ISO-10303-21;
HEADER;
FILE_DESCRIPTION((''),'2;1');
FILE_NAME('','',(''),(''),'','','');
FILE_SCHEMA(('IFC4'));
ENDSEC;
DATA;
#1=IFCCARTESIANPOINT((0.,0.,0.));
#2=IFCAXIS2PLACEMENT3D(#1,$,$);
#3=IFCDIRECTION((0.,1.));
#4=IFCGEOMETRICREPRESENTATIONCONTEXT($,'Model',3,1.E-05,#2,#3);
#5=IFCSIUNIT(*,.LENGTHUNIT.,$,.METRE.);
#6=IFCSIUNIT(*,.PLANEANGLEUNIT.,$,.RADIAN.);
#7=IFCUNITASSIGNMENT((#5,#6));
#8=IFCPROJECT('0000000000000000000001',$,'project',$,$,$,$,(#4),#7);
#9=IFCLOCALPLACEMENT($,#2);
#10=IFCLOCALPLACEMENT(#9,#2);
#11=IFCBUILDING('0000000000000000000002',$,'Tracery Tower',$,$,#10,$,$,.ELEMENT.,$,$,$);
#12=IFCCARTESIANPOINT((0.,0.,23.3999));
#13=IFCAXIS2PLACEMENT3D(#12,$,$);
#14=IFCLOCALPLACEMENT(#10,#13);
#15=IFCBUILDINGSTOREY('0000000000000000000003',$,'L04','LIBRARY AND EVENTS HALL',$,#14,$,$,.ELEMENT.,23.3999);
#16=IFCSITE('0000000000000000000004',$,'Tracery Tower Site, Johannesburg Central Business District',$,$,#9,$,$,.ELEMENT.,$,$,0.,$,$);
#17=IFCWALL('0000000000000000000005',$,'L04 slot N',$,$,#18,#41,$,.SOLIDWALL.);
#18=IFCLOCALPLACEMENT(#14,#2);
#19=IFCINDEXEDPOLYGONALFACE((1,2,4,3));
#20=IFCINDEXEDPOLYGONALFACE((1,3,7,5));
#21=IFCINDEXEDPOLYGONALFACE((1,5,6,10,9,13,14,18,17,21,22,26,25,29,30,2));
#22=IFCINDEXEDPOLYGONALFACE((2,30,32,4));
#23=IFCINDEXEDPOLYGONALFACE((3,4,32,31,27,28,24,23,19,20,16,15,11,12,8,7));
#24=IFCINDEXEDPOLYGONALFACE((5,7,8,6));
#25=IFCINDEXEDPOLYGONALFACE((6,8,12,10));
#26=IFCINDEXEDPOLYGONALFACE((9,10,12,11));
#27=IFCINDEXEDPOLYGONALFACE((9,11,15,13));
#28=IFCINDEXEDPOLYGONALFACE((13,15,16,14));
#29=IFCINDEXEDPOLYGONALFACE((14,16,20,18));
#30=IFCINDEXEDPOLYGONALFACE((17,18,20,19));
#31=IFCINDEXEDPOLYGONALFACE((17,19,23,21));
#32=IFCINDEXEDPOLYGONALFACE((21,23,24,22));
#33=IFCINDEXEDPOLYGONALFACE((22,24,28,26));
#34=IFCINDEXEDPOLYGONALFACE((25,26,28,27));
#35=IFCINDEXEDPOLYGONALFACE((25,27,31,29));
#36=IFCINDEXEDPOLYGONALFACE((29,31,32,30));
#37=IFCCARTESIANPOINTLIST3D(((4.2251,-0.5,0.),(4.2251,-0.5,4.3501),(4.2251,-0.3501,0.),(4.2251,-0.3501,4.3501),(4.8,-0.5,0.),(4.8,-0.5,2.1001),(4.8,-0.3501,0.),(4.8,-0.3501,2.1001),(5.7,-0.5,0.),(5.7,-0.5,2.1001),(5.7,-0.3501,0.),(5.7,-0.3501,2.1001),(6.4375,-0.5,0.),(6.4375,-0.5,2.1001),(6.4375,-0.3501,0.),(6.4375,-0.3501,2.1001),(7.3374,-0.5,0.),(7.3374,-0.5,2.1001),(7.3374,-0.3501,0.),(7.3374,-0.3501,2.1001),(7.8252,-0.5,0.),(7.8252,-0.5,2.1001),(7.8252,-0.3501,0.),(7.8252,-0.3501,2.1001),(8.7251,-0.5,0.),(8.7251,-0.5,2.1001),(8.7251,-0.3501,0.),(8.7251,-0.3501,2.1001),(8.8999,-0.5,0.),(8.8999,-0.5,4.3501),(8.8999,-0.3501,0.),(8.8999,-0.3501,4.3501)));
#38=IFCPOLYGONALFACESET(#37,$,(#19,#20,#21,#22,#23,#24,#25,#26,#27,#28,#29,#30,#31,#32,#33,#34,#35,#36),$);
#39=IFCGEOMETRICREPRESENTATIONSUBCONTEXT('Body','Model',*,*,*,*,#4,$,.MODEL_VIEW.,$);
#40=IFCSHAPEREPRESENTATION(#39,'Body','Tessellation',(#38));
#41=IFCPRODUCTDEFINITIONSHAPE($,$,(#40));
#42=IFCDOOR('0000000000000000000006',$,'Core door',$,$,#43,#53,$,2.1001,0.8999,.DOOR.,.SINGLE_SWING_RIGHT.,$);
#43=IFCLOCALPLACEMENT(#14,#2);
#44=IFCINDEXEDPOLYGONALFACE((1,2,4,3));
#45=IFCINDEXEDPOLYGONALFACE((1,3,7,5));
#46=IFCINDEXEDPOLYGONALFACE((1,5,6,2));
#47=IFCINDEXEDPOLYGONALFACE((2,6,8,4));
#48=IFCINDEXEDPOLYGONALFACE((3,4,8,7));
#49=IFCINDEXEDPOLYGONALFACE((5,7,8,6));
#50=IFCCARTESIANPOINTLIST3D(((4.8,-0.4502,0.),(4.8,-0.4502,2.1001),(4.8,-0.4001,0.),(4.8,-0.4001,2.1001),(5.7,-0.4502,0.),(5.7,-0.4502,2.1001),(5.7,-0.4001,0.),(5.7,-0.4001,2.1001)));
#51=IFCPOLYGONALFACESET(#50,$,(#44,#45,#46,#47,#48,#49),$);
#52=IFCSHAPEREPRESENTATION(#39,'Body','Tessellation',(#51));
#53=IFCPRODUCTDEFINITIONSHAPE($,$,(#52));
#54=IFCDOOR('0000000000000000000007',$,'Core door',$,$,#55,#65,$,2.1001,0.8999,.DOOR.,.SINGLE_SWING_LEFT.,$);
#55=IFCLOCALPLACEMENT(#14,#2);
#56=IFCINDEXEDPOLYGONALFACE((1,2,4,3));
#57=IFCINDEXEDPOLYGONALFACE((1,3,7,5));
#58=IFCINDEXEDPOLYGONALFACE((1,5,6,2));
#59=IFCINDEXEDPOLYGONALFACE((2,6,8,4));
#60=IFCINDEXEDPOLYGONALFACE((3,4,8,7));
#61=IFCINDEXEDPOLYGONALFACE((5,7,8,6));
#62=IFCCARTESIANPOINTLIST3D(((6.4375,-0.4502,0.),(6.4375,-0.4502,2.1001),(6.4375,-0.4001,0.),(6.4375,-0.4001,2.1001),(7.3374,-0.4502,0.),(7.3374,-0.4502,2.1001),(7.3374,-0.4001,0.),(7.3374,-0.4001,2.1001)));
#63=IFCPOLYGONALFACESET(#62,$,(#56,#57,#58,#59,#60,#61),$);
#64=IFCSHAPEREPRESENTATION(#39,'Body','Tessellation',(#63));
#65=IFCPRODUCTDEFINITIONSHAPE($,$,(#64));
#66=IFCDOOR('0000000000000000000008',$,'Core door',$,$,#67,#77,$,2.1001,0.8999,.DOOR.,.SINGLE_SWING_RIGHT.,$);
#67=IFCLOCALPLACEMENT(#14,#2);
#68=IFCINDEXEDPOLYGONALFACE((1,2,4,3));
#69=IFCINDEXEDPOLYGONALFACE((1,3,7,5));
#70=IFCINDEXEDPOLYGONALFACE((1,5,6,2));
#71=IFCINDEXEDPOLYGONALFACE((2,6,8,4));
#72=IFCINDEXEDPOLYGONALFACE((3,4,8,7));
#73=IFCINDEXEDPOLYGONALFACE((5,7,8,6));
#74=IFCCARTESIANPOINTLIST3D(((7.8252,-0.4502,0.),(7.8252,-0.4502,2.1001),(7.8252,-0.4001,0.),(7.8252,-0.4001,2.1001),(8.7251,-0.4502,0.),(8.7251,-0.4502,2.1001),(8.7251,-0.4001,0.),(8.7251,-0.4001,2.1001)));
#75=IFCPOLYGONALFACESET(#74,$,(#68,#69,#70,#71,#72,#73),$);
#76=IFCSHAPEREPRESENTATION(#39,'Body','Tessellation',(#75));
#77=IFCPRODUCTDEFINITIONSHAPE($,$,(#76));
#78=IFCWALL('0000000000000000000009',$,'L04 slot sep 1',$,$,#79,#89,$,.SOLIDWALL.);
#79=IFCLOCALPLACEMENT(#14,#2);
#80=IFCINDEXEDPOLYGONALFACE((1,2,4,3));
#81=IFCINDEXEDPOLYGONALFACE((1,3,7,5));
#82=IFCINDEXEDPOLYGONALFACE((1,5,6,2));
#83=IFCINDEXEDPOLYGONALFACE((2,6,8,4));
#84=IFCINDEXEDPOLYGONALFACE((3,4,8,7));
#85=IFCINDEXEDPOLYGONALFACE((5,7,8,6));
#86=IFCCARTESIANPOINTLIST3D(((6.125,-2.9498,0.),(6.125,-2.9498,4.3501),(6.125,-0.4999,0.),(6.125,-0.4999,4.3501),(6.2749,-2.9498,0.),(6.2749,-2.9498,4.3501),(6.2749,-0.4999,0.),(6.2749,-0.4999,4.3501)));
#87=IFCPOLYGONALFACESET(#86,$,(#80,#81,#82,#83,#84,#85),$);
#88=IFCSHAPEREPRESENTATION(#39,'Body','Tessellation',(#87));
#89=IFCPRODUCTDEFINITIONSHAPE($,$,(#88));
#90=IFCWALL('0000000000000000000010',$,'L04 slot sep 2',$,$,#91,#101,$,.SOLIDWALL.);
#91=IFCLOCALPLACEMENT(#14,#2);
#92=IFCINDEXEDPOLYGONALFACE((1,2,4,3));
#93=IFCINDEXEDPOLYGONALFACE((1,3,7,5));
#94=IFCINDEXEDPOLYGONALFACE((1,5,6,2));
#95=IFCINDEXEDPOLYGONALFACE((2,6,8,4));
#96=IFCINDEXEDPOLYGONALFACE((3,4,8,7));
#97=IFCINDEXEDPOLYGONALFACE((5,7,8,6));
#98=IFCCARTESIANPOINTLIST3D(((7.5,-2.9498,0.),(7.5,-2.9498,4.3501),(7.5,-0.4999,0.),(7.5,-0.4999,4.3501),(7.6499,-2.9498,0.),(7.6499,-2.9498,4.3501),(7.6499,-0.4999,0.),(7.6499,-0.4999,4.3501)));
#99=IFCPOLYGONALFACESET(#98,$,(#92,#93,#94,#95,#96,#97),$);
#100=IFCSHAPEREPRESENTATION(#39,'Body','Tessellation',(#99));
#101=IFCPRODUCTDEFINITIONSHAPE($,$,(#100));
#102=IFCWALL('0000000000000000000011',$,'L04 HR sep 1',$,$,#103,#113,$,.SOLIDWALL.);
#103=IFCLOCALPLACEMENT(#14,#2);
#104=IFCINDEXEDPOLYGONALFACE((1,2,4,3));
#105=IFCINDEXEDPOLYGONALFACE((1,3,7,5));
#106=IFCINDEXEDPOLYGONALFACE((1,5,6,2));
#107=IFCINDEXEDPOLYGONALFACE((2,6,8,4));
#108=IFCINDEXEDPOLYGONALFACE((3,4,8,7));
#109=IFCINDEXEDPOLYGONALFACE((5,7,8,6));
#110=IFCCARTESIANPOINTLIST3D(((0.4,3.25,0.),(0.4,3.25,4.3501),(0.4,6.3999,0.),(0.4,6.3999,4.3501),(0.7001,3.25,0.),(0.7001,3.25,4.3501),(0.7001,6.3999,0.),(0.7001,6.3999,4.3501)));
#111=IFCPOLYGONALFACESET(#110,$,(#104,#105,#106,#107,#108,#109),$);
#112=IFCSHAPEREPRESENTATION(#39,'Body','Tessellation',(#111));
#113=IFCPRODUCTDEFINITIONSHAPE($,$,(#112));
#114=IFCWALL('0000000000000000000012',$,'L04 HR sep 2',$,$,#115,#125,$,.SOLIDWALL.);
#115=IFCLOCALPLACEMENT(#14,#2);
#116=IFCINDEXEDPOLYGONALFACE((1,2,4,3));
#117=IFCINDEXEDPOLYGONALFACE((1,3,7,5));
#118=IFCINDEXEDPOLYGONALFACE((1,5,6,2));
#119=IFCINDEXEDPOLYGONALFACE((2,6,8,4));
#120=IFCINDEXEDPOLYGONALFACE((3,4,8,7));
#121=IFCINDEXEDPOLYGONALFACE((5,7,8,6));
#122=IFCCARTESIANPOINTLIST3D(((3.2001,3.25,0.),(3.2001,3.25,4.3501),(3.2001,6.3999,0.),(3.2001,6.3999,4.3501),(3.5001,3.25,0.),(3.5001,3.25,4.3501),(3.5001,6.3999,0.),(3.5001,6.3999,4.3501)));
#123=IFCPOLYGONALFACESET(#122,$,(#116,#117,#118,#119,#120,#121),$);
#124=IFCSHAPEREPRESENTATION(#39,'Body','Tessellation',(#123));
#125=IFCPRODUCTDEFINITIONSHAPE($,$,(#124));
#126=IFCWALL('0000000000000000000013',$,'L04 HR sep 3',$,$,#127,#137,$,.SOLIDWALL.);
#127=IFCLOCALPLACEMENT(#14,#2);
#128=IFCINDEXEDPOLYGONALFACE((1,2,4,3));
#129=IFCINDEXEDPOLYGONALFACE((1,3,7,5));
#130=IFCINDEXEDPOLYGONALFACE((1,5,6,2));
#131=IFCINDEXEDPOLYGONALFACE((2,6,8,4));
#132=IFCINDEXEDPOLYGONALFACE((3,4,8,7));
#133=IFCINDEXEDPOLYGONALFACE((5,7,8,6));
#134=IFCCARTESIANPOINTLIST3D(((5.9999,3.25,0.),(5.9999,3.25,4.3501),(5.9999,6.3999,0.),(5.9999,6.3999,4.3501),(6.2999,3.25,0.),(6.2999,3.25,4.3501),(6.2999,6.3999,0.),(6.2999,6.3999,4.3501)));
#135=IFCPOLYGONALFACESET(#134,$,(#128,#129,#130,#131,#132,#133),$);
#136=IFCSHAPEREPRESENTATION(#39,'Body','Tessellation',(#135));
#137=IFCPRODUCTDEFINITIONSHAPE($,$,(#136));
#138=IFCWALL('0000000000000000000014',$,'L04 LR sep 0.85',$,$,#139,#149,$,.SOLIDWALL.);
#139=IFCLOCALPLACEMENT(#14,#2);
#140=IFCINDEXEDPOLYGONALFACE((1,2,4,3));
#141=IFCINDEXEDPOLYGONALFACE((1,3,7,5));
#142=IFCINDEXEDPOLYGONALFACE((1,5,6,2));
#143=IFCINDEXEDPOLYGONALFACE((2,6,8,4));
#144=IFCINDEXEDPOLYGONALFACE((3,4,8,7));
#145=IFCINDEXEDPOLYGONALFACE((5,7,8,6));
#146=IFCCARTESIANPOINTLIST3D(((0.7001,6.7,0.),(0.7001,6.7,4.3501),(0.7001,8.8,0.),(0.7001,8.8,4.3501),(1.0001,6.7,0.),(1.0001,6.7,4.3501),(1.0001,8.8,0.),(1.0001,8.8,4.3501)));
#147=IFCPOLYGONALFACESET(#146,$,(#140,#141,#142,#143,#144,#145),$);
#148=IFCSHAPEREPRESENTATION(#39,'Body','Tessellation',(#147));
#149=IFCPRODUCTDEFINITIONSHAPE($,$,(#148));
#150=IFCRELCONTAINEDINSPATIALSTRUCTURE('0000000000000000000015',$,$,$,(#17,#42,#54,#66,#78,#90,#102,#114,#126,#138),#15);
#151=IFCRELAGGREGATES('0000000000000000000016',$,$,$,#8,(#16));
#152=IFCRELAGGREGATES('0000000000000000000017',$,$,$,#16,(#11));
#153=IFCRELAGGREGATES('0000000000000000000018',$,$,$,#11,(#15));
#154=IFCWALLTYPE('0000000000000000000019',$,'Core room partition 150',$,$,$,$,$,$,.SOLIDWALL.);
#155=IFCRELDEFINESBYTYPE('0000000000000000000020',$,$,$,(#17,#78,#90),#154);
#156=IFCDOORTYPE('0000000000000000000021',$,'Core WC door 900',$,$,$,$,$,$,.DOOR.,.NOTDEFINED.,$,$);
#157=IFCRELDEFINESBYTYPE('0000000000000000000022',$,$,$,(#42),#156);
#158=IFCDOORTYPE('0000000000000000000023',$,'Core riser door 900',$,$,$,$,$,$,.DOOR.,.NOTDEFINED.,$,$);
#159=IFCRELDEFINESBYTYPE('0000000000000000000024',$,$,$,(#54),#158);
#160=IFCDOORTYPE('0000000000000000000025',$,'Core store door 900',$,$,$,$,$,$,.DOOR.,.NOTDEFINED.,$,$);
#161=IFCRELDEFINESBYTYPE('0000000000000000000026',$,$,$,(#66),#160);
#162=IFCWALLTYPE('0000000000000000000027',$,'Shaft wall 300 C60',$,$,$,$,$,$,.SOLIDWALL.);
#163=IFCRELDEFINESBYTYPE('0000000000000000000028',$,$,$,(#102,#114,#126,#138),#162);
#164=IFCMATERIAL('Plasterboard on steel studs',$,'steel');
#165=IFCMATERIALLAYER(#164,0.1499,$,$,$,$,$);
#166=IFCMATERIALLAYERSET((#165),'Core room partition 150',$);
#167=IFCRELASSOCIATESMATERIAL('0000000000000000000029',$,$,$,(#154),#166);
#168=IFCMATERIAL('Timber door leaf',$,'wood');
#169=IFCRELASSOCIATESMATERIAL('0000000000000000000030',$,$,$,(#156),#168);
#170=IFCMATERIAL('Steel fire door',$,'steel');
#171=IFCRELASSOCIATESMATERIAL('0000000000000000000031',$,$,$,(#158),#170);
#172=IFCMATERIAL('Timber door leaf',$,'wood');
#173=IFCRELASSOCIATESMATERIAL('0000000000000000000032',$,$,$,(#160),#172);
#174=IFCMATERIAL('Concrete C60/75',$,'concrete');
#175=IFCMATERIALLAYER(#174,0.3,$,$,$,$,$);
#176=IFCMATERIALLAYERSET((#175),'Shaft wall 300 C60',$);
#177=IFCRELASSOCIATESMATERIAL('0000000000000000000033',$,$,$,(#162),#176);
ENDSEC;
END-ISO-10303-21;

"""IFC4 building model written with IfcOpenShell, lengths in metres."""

from ifc_helpers import new_model, si_unit, direction, frame, frame_2d, origin, place, context, subcontext, project, spatial, rectangle, extrude, material, layer, layer_set, type_object, element, fill, save


model = new_model("IFC4")

# Units and contexts
model_context = context("Model", 3, precision=1e-05, world=origin(), true_north=direction((0.0, 1.0)))
body_context = subcontext(model_context, "Body", "Model", "MODEL_VIEW")
ifc_project = project(units=[si_unit("LENGTHUNIT", "METRE"), si_unit("PLANEANGLEUNIT", "RADIAN")], contexts=[model_context])

# Site, building, storey
site_placement = place(None, origin())
site = spatial("IfcSite", under=ifc_project, at=site_placement, Name="Tracery Tower Site, Johannesburg Central Business District", CompositionType="ELEMENT", RefElevation=0.0)
building_placement = place(site_placement, origin())
building = spatial("IfcBuilding", under=site, at=building_placement, Name="Tracery Tower", CompositionType="ELEMENT")
storey_placement = place(building_placement, frame((0.0, 0.0, 23.3999)))
storey = spatial("IfcBuildingStorey", under=building, at=storey_placement, Name="L04", Description="LIBRARY AND EVENTS HALL", CompositionType="ELEMENT", Elevation=23.3999)

# Shared definitions
ifc_material_1 = material(Name="Plasterboard on steel studs", Category="steel")
ifc_layer_1 = layer(ifc_material_1, 0.1499)
ifc_layer_set_1 = layer_set([ifc_layer_1], Name="Core room partition 150")
wall_type_1 = type_object("IfcWallType", Name="Core room partition 150", PredefinedType="SOLIDWALL", material=ifc_layer_set_1)

# Wall, openings, doors
wall_1_placement = place(storey_placement, frame((4.2251, -0.425, 0.0), z_axis=(0.0, 0.0, 1.0), x_axis=(1.0, 0.0, 0.0)))
wall_1 = element("IfcWall", 1, at=wall_1_placement, inside=storey, type_object=wall_type_1, Name="L04 slot N", PredefinedType="SOLIDWALL", context=body_context, shape_type="SweptSolid", body=[
    extrude(rectangle(XDim=4.6748, YDim=0.1499, at=frame_2d((2.3374, 0.0))), origin(), (0.0, 0.0, 1.0), 4.3501),
])
opening_1_placement = place(wall_1_placement, frame((0.575, 0.0, 0.0)))
opening_1 = element("IfcOpeningElement", 2, at=opening_1_placement, cuts=wall_1, PredefinedType="OPENING", context=body_context, shape_type="SweptSolid", body=[
    extrude(rectangle(XDim=0.8999, YDim=2.1001, at=frame_2d((0.45, 1.05))), frame((0.0, 0.075, 0.0), z_axis=(0.0, -1.0, 0.0), x_axis=(1.0, 0.0, 0.0)), (0.0, 0.0, 1.0), 0.1499),
])
opening_2_placement = place(wall_1_placement, frame((2.2124, 0.0, 0.0)))
opening_2 = element("IfcOpeningElement", 3, at=opening_2_placement, cuts=wall_1, PredefinedType="OPENING", context=body_context, shape_type="SweptSolid", body=[
    extrude(rectangle(XDim=0.8999, YDim=2.1001, at=frame_2d((0.45, 1.05))), frame((0.0, 0.075, 0.0), z_axis=(0.0, -1.0, 0.0), x_axis=(1.0, 0.0, 0.0)), (0.0, 0.0, 1.0), 0.1499),
])
opening_3_placement = place(wall_1_placement, frame((3.6001, 0.0, 0.0)))
opening_3 = element("IfcOpeningElement", 4, at=opening_3_placement, cuts=wall_1, PredefinedType="OPENING", context=body_context, shape_type="SweptSolid", body=[
    extrude(rectangle(XDim=0.8999, YDim=2.1001, at=frame_2d((0.45, 1.05))), frame((0.0, 0.075, 0.0), z_axis=(0.0, -1.0, 0.0), x_axis=(1.0, 0.0, 0.0)), (0.0, 0.0, 1.0), 0.1499),
])
ifc_material_2 = material(Name="Timber door leaf", Category="wood")
door_type_1 = type_object("IfcDoorType", Name="Core WC door 900", OperationType="NOTDEFINED", PredefinedType="DOOR", material=ifc_material_2)
door_1_placement = place(opening_1_placement, origin())
door_1 = element("IfcDoor", 5, at=door_1_placement, inside=storey, type_object=door_type_1, Name="Core door", OperationType="SINGLE_SWING_RIGHT", OverallHeight=2.1001, OverallWidth=0.8999, PredefinedType="DOOR", context=body_context, shape_type="SweptSolid", body=[
    extrude(rectangle(XDim=0.8999, YDim=2.1001, at=frame_2d((0.45, 1.05))), frame((0.0, 0.0249, 0.0), z_axis=(0.0, -1.0, 0.0), x_axis=(1.0, 0.0, 0.0)), (0.0, 0.0, 1.0), 0.05),
])
fill(opening_1, door_1)
ifc_material_3 = material(Name="Steel fire door", Category="steel")
door_type_2 = type_object("IfcDoorType", Name="Core riser door 900", OperationType="NOTDEFINED", PredefinedType="DOOR", material=ifc_material_3)
door_2_placement = place(opening_2_placement, origin())
door_2 = element("IfcDoor", 6, at=door_2_placement, inside=storey, type_object=door_type_2, Name="Core door", OperationType="SINGLE_SWING_LEFT", OverallHeight=2.1001, OverallWidth=0.8999, PredefinedType="DOOR", context=body_context, shape_type="SweptSolid", body=[
    extrude(rectangle(XDim=0.8999, YDim=2.1001, at=frame_2d((0.45, 1.05))), frame((0.0, 0.0249, 0.0), z_axis=(0.0, -1.0, 0.0), x_axis=(1.0, 0.0, 0.0)), (0.0, 0.0, 1.0), 0.05),
])
fill(opening_2, door_2)
ifc_material_4 = material(Name="Timber door leaf", Category="wood")
door_type_3 = type_object("IfcDoorType", Name="Core store door 900", OperationType="NOTDEFINED", PredefinedType="DOOR", material=ifc_material_4)
door_3_placement = place(opening_3_placement, origin())
door_3 = element("IfcDoor", 7, at=door_3_placement, inside=storey, type_object=door_type_3, Name="Core door", OperationType="SINGLE_SWING_RIGHT", OverallHeight=2.1001, OverallWidth=0.8999, PredefinedType="DOOR", context=body_context, shape_type="SweptSolid", body=[
    extrude(rectangle(XDim=0.8999, YDim=2.1001, at=frame_2d((0.45, 1.05))), frame((0.0, 0.0249, 0.0), z_axis=(0.0, -1.0, 0.0), x_axis=(1.0, 0.0, 0.0)), (0.0, 0.0, 1.0), 0.05),
])
fill(opening_3, door_3)

# Walls
for number, where, z_axis, x_axis, name in (
    (8, (6.2, -2.95, 0.0), (0.0, 0.0, 1.0), (0.0, 1.0, 0.0), "L04 slot sep 1"),
    (9, (7.575, -2.95, 0.0), (0.0, 0.0, 1.0), (0.0, 1.0, 0.0), "L04 slot sep 2"),
):
    element("IfcWall", number, at=place(storey_placement, frame(where, z_axis=z_axis, x_axis=x_axis)), inside=storey, type_object=wall_type_1, Name=name, PredefinedType="SOLIDWALL", context=body_context, shape_type="SweptSolid", body=[
        extrude(rectangle(XDim=2.45, YDim=0.1499, at=frame_2d((1.2251, 0.0))), origin(), (0.0, 0.0, 1.0), 4.3501),
    ])
ifc_material_5 = material(Name="Concrete C60/75", Category="concrete")
ifc_layer_2 = layer(ifc_material_5, 0.3)
ifc_layer_set_2 = layer_set([ifc_layer_2], Name="Shaft wall 300 C60")
wall_type_2 = type_object("IfcWallType", Name="Shaft wall 300 C60", PredefinedType="SOLIDWALL", material=ifc_layer_set_2)
for number, where, z_axis, x_axis, name in (
    (10, (0.55, 3.25, 0.0), (0.0, 0.0, 1.0), (0.0, 1.0, 0.0), "L04 HR sep 1"),
    (11, (3.3501, 3.25, 0.0), (0.0, 0.0, 1.0), (0.0, 1.0, 0.0), "L04 HR sep 2"),
    (12, (6.1499, 3.25, 0.0), (0.0, 0.0, 1.0), (0.0, 1.0, 0.0), "L04 HR sep 3"),
):
    element("IfcWall", number, at=place(storey_placement, frame(where, z_axis=z_axis, x_axis=x_axis)), inside=storey, type_object=wall_type_2, Name=name, PredefinedType="SOLIDWALL", context=body_context, shape_type="SweptSolid", body=[
        extrude(rectangle(XDim=3.1499, YDim=0.3, at=frame_2d((1.575, 0.0))), origin(), (0.0, 0.0, 1.0), 4.3501),
    ])
wall_2_placement = place(storey_placement, frame((0.8501, 6.7, 0.0), z_axis=(0.0, 0.0, 1.0), x_axis=(0.0, 1.0, 0.0)))
element("IfcWall", 13, at=wall_2_placement, inside=storey, type_object=wall_type_2, Name="L04 LR sep 0.85", PredefinedType="SOLIDWALL", context=body_context, shape_type="SweptSolid", body=[
    extrude(rectangle(XDim=2.1001, YDim=0.3, at=frame_2d((1.05, 0.0))), origin(), (0.0, 0.0, 1.0), 4.3501),
])

save(model, "model.ifc")
